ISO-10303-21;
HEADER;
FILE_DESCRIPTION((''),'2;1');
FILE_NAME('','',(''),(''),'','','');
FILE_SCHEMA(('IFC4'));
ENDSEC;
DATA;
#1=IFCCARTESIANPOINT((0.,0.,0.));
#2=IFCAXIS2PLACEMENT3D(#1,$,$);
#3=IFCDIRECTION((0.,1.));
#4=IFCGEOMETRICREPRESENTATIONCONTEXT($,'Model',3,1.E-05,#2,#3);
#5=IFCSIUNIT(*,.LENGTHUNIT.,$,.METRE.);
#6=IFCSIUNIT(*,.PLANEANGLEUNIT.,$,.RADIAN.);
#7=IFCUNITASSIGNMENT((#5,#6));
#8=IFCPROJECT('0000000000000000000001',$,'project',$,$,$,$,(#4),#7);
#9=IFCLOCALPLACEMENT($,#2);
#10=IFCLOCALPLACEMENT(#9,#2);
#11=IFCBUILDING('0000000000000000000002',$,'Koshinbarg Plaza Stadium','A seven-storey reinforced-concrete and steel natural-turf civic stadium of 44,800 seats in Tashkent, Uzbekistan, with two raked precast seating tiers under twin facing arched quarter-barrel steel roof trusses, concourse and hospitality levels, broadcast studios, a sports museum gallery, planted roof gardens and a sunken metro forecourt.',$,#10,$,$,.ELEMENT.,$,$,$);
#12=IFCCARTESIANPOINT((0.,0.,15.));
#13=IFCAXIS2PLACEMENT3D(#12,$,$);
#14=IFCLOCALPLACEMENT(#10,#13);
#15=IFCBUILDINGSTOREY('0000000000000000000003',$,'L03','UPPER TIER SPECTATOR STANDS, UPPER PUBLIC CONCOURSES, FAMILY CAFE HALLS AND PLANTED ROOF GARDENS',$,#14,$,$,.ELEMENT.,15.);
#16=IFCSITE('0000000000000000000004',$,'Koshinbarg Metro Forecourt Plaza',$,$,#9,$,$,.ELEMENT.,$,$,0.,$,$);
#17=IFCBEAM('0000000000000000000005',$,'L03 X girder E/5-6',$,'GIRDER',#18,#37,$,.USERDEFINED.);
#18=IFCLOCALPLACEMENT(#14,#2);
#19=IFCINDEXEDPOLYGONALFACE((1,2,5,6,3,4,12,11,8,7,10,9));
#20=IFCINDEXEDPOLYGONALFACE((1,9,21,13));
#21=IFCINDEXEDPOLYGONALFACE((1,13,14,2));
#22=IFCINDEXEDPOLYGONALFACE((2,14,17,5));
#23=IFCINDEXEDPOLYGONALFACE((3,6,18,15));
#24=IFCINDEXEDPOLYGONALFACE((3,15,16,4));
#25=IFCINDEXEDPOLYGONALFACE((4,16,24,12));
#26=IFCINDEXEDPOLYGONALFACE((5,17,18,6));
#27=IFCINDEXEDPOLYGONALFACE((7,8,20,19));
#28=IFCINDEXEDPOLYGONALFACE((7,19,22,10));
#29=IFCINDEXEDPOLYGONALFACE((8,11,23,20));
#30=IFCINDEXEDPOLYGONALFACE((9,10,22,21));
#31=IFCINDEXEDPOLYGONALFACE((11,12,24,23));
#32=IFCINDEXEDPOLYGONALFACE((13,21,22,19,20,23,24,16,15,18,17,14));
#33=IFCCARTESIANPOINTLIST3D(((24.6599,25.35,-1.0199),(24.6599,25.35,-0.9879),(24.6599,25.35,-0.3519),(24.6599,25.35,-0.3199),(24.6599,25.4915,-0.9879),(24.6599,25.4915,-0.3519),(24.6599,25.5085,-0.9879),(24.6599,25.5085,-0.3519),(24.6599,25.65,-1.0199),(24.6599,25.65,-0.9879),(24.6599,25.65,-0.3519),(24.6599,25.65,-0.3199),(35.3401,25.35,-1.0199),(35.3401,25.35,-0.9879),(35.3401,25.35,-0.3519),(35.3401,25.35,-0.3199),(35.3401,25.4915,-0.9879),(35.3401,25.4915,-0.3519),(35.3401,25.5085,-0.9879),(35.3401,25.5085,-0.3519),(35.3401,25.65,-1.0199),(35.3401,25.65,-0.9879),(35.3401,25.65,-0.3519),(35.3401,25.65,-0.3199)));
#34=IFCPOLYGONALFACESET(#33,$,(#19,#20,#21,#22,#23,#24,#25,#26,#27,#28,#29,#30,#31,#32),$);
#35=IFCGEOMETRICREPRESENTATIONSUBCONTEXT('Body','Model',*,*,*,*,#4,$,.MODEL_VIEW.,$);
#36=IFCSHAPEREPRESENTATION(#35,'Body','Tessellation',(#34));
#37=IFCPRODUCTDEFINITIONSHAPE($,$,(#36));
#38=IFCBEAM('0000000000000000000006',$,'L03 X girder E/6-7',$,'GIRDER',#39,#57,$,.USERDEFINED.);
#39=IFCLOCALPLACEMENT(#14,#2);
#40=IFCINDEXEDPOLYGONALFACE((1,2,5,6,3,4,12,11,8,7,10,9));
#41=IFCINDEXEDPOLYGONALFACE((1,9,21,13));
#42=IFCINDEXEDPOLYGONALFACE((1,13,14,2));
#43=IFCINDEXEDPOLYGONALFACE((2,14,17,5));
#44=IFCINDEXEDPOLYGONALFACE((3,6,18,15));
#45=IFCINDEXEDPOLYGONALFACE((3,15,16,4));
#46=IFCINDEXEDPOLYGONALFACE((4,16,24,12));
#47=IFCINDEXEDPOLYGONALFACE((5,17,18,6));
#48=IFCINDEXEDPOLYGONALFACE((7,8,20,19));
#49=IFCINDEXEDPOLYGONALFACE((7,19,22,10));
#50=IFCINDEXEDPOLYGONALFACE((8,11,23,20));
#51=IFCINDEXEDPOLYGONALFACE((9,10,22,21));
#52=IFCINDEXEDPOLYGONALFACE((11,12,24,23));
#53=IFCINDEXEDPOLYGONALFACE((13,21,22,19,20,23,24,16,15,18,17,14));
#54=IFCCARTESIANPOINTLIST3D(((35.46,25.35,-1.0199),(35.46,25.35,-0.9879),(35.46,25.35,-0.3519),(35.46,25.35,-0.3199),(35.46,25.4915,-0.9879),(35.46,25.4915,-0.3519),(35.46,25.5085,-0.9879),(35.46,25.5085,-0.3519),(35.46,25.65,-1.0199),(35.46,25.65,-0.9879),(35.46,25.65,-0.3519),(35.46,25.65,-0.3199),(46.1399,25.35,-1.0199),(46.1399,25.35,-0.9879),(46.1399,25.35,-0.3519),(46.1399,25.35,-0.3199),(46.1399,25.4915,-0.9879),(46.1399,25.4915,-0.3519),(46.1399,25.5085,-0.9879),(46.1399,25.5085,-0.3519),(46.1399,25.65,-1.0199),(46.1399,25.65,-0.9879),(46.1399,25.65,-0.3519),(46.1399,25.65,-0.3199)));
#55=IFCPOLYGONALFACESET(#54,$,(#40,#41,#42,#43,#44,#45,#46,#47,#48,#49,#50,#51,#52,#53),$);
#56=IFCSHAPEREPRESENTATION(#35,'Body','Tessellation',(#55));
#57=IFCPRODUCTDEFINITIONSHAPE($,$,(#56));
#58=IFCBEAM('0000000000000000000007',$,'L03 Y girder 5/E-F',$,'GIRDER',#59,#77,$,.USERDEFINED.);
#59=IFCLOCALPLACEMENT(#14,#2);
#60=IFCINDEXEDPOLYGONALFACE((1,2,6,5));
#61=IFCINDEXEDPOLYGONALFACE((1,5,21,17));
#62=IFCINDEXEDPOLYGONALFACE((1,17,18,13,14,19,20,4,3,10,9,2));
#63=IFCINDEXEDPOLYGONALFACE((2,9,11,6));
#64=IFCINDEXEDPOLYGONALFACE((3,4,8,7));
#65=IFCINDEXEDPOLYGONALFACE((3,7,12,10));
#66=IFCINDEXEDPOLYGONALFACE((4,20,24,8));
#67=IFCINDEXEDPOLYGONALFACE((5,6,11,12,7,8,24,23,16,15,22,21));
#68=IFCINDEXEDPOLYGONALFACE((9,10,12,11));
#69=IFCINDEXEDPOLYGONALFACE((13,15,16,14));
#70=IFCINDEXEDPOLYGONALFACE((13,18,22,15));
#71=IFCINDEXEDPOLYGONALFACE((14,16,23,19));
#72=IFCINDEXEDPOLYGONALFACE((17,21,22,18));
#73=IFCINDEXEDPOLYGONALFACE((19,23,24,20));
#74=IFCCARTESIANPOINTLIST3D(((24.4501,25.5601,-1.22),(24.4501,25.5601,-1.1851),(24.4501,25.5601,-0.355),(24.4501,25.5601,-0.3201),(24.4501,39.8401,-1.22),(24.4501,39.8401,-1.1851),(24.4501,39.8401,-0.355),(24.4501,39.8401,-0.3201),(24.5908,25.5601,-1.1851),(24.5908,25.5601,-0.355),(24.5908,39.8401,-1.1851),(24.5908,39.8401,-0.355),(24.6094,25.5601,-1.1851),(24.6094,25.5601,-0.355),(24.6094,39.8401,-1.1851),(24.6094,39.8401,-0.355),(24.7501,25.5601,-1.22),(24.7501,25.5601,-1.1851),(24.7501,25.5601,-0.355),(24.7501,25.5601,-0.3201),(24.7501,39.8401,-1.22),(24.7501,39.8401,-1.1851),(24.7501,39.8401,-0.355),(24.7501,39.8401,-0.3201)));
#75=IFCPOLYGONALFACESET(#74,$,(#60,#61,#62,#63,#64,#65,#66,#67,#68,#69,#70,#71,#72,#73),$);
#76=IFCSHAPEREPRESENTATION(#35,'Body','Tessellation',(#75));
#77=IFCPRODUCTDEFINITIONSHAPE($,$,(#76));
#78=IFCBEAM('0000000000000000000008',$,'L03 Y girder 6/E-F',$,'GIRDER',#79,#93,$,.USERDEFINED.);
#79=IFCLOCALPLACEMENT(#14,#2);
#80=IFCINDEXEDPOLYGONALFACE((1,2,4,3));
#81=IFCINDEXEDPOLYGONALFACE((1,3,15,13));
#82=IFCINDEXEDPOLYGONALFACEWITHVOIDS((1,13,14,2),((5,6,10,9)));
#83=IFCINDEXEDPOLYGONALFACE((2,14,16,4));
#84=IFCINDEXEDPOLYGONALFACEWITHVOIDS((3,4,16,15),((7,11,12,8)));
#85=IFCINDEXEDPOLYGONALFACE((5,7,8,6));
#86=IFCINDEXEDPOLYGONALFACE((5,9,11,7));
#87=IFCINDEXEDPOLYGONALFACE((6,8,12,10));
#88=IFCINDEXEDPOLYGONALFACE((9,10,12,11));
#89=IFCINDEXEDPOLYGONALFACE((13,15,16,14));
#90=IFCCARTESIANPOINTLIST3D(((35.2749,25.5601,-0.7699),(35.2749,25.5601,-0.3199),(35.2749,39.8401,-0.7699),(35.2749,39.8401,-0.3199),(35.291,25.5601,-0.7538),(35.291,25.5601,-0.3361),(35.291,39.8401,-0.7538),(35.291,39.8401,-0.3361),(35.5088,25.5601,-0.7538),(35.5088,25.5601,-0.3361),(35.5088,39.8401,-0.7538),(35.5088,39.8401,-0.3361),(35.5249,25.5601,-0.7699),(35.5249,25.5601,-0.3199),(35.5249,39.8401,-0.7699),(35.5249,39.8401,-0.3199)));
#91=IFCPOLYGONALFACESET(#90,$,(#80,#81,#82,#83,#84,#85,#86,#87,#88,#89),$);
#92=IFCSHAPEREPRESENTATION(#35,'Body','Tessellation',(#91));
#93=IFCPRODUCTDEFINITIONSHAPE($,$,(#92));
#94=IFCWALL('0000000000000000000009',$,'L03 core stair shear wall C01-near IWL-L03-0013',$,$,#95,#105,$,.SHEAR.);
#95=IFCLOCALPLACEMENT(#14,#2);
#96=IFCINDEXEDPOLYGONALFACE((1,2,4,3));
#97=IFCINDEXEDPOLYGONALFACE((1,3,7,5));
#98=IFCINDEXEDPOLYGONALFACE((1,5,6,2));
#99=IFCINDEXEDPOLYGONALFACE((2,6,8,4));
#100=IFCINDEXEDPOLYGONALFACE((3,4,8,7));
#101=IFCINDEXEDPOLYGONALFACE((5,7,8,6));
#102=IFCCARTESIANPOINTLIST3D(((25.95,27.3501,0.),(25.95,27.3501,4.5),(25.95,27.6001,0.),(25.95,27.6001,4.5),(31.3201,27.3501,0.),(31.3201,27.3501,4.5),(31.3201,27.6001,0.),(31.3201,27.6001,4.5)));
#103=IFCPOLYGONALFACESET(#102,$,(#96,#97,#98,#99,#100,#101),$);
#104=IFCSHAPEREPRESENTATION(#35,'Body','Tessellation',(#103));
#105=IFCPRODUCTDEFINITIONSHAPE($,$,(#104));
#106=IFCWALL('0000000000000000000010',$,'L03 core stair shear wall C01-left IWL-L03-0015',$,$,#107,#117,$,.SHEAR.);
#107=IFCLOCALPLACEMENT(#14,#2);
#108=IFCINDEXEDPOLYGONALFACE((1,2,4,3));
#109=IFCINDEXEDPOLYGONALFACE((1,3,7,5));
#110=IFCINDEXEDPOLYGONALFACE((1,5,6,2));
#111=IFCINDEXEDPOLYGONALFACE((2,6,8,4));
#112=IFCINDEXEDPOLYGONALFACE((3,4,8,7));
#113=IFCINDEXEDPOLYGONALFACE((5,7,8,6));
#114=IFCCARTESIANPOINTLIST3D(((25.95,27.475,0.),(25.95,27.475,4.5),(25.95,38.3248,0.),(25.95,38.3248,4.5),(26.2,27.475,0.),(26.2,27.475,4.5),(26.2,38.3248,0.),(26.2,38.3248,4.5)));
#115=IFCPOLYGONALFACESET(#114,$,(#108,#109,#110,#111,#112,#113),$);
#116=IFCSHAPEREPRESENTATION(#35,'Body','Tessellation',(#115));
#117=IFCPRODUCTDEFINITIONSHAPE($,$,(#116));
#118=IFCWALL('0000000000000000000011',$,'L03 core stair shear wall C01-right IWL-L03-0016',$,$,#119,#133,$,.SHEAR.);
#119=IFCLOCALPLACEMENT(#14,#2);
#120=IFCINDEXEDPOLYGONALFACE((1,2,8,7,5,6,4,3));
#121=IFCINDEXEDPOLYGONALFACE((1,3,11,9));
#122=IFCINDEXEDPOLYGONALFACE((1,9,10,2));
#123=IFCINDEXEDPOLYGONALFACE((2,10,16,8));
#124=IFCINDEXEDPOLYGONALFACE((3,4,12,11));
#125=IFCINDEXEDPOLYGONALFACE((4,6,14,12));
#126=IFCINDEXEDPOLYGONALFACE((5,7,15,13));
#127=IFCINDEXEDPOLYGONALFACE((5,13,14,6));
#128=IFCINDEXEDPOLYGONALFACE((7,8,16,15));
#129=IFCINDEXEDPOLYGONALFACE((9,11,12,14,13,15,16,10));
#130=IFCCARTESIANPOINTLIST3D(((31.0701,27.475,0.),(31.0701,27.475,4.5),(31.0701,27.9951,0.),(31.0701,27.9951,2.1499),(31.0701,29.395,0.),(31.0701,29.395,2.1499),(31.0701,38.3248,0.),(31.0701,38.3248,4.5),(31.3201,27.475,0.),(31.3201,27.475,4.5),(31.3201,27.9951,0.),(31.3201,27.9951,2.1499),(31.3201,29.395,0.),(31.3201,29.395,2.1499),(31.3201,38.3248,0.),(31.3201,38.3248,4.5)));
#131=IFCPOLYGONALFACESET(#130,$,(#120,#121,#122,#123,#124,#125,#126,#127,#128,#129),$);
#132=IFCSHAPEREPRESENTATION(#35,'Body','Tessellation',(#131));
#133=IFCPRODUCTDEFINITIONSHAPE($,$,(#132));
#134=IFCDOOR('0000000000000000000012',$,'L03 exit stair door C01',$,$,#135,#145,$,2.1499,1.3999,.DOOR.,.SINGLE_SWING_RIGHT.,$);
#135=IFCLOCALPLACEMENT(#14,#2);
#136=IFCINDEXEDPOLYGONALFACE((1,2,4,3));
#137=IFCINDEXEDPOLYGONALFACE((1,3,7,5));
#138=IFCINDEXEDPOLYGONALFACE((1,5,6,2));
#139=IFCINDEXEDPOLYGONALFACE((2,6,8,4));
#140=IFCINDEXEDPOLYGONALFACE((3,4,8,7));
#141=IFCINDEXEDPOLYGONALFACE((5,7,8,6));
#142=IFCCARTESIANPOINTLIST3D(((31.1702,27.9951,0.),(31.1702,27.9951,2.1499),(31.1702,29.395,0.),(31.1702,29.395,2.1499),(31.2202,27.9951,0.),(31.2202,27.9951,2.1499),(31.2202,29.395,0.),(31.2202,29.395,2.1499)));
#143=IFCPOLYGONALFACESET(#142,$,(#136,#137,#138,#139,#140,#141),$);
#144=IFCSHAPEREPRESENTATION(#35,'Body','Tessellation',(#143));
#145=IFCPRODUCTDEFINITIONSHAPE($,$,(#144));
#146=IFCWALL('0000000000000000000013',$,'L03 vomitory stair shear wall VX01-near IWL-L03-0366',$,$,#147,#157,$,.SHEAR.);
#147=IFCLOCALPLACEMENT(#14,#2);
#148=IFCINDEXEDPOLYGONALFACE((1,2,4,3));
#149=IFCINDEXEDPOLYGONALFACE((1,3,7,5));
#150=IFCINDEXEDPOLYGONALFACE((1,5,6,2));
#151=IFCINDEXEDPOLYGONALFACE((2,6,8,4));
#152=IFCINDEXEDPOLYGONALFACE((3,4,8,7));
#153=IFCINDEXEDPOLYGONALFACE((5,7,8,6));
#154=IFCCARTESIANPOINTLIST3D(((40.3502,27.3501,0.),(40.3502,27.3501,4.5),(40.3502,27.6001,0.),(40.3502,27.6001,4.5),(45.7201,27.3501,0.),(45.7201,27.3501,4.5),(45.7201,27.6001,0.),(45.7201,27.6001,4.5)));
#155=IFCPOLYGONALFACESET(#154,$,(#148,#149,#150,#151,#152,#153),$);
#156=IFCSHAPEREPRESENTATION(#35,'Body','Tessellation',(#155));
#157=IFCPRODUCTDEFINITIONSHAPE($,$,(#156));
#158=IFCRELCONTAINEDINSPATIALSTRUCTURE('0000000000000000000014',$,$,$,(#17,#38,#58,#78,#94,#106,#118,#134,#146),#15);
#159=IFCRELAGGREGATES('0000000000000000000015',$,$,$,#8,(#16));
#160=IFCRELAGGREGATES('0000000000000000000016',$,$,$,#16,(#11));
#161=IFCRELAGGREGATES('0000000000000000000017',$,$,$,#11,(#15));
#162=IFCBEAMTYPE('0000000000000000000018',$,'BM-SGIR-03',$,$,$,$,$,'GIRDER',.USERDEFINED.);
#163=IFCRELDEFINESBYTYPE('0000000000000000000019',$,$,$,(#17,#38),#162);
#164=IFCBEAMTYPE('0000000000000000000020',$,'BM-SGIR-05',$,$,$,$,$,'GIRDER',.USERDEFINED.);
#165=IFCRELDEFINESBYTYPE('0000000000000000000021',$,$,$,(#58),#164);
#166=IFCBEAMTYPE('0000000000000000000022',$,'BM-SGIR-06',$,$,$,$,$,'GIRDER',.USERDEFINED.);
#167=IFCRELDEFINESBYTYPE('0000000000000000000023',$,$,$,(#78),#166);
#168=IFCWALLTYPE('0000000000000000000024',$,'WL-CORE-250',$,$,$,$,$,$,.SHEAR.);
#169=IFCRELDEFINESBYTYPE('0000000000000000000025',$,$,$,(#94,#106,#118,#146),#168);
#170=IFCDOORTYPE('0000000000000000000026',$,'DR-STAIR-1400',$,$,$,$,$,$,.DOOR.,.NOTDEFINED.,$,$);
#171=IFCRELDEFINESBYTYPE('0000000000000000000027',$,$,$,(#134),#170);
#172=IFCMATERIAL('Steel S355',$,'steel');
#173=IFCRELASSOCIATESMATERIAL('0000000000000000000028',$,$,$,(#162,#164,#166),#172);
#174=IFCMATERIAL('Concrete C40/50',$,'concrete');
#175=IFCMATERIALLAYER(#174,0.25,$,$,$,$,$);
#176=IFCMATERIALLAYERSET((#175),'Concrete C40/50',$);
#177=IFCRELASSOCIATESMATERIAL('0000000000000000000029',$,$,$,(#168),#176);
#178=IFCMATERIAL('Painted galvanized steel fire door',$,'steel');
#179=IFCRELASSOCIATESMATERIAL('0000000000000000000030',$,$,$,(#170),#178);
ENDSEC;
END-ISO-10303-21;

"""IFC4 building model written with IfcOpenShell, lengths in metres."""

from ifc_helpers import new_model, si_unit, direction, frame, frame_2d, origin, origin_2d, place, context, subcontext, project, spatial, rectangle, hollow_rectangle, i_section, extrude, material, layer, layer_set, material_profile, profile_set, type_object, element, fill, save


model = new_model("IFC4")

# Units and contexts
model_context = context("Model", 3, precision=1e-05, world=origin(), true_north=direction((0.0, 1.0)))
body_context = subcontext(model_context, "Body", "Model", "MODEL_VIEW")
ifc_project = project(units=[si_unit("LENGTHUNIT", "METRE"), si_unit("PLANEANGLEUNIT", "RADIAN")], contexts=[model_context])

# Site, building, storey
site_placement = place(None, origin())
site = spatial("IfcSite", under=ifc_project, at=site_placement, Name="Koshinbarg Metro Forecourt Plaza", CompositionType="ELEMENT", RefElevation=0.0)
building_placement = place(site_placement, origin())
building = spatial("IfcBuilding", under=site, at=building_placement, Name="Koshinbarg Plaza Stadium", Description="A seven-storey reinforced-concrete and steel natural-turf civic stadium of 44,800 seats in Tashkent, Uzbekistan, with two raked precast seating tiers under twin facing arched quarter-barrel steel roof trusses, concourse and hospitality levels, broadcast studios, a sports museum gallery, planted roof gardens and a sunken metro forecourt.", CompositionType="ELEMENT")
storey_placement = place(building_placement, frame((0.0, 0.0, 15.0)))
storey = spatial("IfcBuildingStorey", under=building, at=storey_placement, Name="L03", Description="UPPER TIER SPECTATOR STANDS, UPPER PUBLIC CONCOURSES, FAMILY CAFE HALLS AND PLANTED ROOF GARDENS", CompositionType="ELEMENT", Elevation=15.0)

# Shared definitions
ifc_material_1 = material(Name="Concrete C40/50", Category="concrete")
ifc_material_2 = material(Name="Steel S355", Category="steel")

# Beams
ifc_material_profile_1 = material_profile(ifc_material_2, i_section(OverallWidth=0.3, OverallDepth=0.7, WebThickness=0.0171, FlangeThickness=0.032, at=origin_2d()), Name="HEB 700")
ifc_profile_set_1 = profile_set([ifc_material_profile_1], Name="Steel S355")
beam_type_1 = type_object("IfcBeamType", Name="BM-SGIR-03", ElementType="GIRDER", PredefinedType="USERDEFINED", material=ifc_profile_set_1)
beam_1_placement = place(storey_placement, frame((24.6599, 25.5, -0.6699), z_axis=(1.0, 0.0, 0.0), x_axis=(0.0, 1.0, 0.0)))
element("IfcBeam", 1, at=beam_1_placement, inside=storey, type_object=beam_type_1, Name="L03 X girder E/5-6", ObjectType="GIRDER", PredefinedType="USERDEFINED", context=body_context, shape_type="SweptSolid", body=[
    extrude(i_section(OverallWidth=0.3, OverallDepth=0.7, WebThickness=0.0171, FlangeThickness=0.032, at=origin_2d()), origin(), (0.0, 0.0, 1.0), 10.6802),
])
beam_2_placement = place(storey_placement, frame((35.46, 25.5, -0.6699), z_axis=(1.0, 0.0, 0.0), x_axis=(0.0, 1.0, 0.0)))
element("IfcBeam", 2, at=beam_2_placement, inside=storey, type_object=beam_type_1, Name="L03 X girder E/6-7", ObjectType="GIRDER", PredefinedType="USERDEFINED", context=body_context, shape_type="SweptSolid", body=[
    extrude(i_section(OverallWidth=0.3, OverallDepth=0.7, WebThickness=0.0171, FlangeThickness=0.032, at=origin_2d()), origin(), (0.0, 0.0, 1.0), 10.6799),
])
ifc_material_profile_2 = material_profile(ifc_material_2, i_section(OverallWidth=0.3, OverallDepth=0.8999, WebThickness=0.0186, FlangeThickness=0.0349, at=origin_2d()), Name="HEB 900")
ifc_profile_set_2 = profile_set([ifc_material_profile_2], Name="Steel S355")
beam_type_2 = type_object("IfcBeamType", Name="BM-SGIR-05", ElementType="GIRDER", PredefinedType="USERDEFINED", material=ifc_profile_set_2)
beam_3_placement = place(storey_placement, frame((24.6001, 25.5601, -0.77), z_axis=(0.0, 1.0, 0.0), x_axis=(-1.0, 0.0, 0.0)))
element("IfcBeam", 3, at=beam_3_placement, inside=storey, type_object=beam_type_2, Name="L03 Y girder 5/E-F", ObjectType="GIRDER", PredefinedType="USERDEFINED", context=body_context, shape_type="SweptSolid", body=[
    extrude(i_section(OverallWidth=0.3, OverallDepth=0.8999, WebThickness=0.0186, FlangeThickness=0.0349, at=origin_2d()), origin(), (0.0, 0.0, 1.0), 14.28),
])
ifc_material_profile_3 = material_profile(ifc_material_2, hollow_rectangle(XDim=0.25, YDim=0.45, WallThickness=0.0161, at=origin_2d()), Name="RHS 450x250x16")
ifc_profile_set_3 = profile_set([ifc_material_profile_3], Name="Steel S355")
beam_type_3 = type_object("IfcBeamType", Name="BM-SGIR-06", ElementType="GIRDER", PredefinedType="USERDEFINED", material=ifc_profile_set_3)
beam_4_placement = place(storey_placement, frame((35.3999, 25.5601, -0.5449), z_axis=(0.0, 1.0, 0.0), x_axis=(-1.0, 0.0, 0.0)))
element("IfcBeam", 4, at=beam_4_placement, inside=storey, type_object=beam_type_3, Name="L03 Y girder 6/E-F", ObjectType="GIRDER", PredefinedType="USERDEFINED", context=body_context, shape_type="SweptSolid", body=[
    extrude(hollow_rectangle(XDim=0.25, YDim=0.45, WallThickness=0.0161, at=origin_2d()), origin(), (0.0, 0.0, 1.0), 14.28),
])

# Walls
ifc_layer_1 = layer(ifc_material_1, 0.25)
ifc_layer_set_1 = layer_set([ifc_layer_1], Name="Concrete C40/50")
wall_type_1 = type_object("IfcWallType", Name="WL-CORE-250", PredefinedType="SHEAR", material=ifc_layer_set_1)
wall_1_placement = place(storey_placement, frame((25.95, 27.4751, 0.0), z_axis=(0.0, 0.0, 1.0), x_axis=(1.0, 0.0, 0.0)))
element("IfcWall", 5, at=wall_1_placement, inside=storey, type_object=wall_type_1, Name="L03 core stair shear wall C01-near IWL-L03-0013", PredefinedType="SHEAR", context=body_context, shape_type="SweptSolid", body=[
    extrude(rectangle(XDim=5.3701, YDim=0.25, at=frame_2d((2.6851, 0.0))), origin(), (0.0, 0.0, 1.0), 4.5),
])
wall_2_placement = place(storey_placement, frame((26.075, 27.4751, 0.0), z_axis=(0.0, 0.0, 1.0), x_axis=(0.0, 1.0, 0.0)))
element("IfcWall", 6, at=wall_2_placement, inside=storey, type_object=wall_type_1, Name="L03 core stair shear wall C01-left IWL-L03-0015", PredefinedType="SHEAR", context=body_context, shape_type="SweptSolid", body=[
    extrude(rectangle(XDim=10.8499, YDim=0.25, at=frame_2d((5.4248, 0.0))), origin(), (0.0, 0.0, 1.0), 4.5),
])

# Wall, opening, door
wall_3_placement = place(storey_placement, frame((31.1951, 27.4751, 0.0), z_axis=(0.0, 0.0, 1.0), x_axis=(0.0, 1.0, 0.0)))
wall_3 = element("IfcWall", 7, at=wall_3_placement, inside=storey, type_object=wall_type_1, Name="L03 core stair shear wall C01-right IWL-L03-0016", PredefinedType="SHEAR", context=body_context, shape_type="SweptSolid", body=[
    extrude(rectangle(XDim=10.8499, YDim=0.25, at=frame_2d((5.4248, 0.0))), origin(), (0.0, 0.0, 1.0), 4.5),
])
opening_1_placement = place(wall_3_placement, frame((0.52, 0.0, 0.0)))
opening_1 = element("IfcOpeningElement", 8, at=opening_1_placement, cuts=wall_3, PredefinedType="OPENING", context=body_context, shape_type="SweptSolid", body=[
    extrude(rectangle(XDim=1.3999, YDim=2.1499, at=frame_2d((0.7, 1.075))), frame((0.0, 0.135, 0.0), z_axis=(0.0, -1.0, 0.0), x_axis=(1.0, 0.0, 0.0)), (0.0, 0.0, 1.0), 0.27),
])
ifc_material_3 = material(Name="Painted galvanized steel fire door", Category="steel")
door_type_1 = type_object("IfcDoorType", Name="DR-STAIR-1400", OperationType="NOTDEFINED", PredefinedType="DOOR", material=ifc_material_3)
door_1_placement = place(opening_1_placement, origin())
door_1 = element("IfcDoor", 9, at=door_1_placement, inside=storey, type_object=door_type_1, Name="L03 exit stair door C01", OperationType="SINGLE_SWING_RIGHT", OverallHeight=2.1499, OverallWidth=1.3999, PredefinedType="DOOR", context=body_context, shape_type="SweptSolid", body=[
    extrude(rectangle(XDim=1.3999, YDim=2.1499, at=frame_2d((0.7, 1.075))), frame((0.0, 0.0249, 0.0), z_axis=(0.0, -1.0, 0.0), x_axis=(1.0, 0.0, 0.0)), (0.0, 0.0, 1.0), 0.05),
])
fill(opening_1, door_1)

# Wall
wall_4_placement = place(storey_placement, frame((40.3501, 27.4751, 0.0), z_axis=(0.0, 0.0, 1.0), x_axis=(1.0, 0.0, 0.0)))
element("IfcWall", 10, at=wall_4_placement, inside=storey, type_object=wall_type_1, Name="L03 vomitory stair shear wall VX01-near IWL-L03-0366", PredefinedType="SHEAR", context=body_context, shape_type="SweptSolid", body=[
    extrude(rectangle(XDim=5.3699, YDim=0.25, at=frame_2d((2.6851, 0.0))), origin(), (0.0, 0.0, 1.0), 4.5),
])

save(model, "model.ifc")
